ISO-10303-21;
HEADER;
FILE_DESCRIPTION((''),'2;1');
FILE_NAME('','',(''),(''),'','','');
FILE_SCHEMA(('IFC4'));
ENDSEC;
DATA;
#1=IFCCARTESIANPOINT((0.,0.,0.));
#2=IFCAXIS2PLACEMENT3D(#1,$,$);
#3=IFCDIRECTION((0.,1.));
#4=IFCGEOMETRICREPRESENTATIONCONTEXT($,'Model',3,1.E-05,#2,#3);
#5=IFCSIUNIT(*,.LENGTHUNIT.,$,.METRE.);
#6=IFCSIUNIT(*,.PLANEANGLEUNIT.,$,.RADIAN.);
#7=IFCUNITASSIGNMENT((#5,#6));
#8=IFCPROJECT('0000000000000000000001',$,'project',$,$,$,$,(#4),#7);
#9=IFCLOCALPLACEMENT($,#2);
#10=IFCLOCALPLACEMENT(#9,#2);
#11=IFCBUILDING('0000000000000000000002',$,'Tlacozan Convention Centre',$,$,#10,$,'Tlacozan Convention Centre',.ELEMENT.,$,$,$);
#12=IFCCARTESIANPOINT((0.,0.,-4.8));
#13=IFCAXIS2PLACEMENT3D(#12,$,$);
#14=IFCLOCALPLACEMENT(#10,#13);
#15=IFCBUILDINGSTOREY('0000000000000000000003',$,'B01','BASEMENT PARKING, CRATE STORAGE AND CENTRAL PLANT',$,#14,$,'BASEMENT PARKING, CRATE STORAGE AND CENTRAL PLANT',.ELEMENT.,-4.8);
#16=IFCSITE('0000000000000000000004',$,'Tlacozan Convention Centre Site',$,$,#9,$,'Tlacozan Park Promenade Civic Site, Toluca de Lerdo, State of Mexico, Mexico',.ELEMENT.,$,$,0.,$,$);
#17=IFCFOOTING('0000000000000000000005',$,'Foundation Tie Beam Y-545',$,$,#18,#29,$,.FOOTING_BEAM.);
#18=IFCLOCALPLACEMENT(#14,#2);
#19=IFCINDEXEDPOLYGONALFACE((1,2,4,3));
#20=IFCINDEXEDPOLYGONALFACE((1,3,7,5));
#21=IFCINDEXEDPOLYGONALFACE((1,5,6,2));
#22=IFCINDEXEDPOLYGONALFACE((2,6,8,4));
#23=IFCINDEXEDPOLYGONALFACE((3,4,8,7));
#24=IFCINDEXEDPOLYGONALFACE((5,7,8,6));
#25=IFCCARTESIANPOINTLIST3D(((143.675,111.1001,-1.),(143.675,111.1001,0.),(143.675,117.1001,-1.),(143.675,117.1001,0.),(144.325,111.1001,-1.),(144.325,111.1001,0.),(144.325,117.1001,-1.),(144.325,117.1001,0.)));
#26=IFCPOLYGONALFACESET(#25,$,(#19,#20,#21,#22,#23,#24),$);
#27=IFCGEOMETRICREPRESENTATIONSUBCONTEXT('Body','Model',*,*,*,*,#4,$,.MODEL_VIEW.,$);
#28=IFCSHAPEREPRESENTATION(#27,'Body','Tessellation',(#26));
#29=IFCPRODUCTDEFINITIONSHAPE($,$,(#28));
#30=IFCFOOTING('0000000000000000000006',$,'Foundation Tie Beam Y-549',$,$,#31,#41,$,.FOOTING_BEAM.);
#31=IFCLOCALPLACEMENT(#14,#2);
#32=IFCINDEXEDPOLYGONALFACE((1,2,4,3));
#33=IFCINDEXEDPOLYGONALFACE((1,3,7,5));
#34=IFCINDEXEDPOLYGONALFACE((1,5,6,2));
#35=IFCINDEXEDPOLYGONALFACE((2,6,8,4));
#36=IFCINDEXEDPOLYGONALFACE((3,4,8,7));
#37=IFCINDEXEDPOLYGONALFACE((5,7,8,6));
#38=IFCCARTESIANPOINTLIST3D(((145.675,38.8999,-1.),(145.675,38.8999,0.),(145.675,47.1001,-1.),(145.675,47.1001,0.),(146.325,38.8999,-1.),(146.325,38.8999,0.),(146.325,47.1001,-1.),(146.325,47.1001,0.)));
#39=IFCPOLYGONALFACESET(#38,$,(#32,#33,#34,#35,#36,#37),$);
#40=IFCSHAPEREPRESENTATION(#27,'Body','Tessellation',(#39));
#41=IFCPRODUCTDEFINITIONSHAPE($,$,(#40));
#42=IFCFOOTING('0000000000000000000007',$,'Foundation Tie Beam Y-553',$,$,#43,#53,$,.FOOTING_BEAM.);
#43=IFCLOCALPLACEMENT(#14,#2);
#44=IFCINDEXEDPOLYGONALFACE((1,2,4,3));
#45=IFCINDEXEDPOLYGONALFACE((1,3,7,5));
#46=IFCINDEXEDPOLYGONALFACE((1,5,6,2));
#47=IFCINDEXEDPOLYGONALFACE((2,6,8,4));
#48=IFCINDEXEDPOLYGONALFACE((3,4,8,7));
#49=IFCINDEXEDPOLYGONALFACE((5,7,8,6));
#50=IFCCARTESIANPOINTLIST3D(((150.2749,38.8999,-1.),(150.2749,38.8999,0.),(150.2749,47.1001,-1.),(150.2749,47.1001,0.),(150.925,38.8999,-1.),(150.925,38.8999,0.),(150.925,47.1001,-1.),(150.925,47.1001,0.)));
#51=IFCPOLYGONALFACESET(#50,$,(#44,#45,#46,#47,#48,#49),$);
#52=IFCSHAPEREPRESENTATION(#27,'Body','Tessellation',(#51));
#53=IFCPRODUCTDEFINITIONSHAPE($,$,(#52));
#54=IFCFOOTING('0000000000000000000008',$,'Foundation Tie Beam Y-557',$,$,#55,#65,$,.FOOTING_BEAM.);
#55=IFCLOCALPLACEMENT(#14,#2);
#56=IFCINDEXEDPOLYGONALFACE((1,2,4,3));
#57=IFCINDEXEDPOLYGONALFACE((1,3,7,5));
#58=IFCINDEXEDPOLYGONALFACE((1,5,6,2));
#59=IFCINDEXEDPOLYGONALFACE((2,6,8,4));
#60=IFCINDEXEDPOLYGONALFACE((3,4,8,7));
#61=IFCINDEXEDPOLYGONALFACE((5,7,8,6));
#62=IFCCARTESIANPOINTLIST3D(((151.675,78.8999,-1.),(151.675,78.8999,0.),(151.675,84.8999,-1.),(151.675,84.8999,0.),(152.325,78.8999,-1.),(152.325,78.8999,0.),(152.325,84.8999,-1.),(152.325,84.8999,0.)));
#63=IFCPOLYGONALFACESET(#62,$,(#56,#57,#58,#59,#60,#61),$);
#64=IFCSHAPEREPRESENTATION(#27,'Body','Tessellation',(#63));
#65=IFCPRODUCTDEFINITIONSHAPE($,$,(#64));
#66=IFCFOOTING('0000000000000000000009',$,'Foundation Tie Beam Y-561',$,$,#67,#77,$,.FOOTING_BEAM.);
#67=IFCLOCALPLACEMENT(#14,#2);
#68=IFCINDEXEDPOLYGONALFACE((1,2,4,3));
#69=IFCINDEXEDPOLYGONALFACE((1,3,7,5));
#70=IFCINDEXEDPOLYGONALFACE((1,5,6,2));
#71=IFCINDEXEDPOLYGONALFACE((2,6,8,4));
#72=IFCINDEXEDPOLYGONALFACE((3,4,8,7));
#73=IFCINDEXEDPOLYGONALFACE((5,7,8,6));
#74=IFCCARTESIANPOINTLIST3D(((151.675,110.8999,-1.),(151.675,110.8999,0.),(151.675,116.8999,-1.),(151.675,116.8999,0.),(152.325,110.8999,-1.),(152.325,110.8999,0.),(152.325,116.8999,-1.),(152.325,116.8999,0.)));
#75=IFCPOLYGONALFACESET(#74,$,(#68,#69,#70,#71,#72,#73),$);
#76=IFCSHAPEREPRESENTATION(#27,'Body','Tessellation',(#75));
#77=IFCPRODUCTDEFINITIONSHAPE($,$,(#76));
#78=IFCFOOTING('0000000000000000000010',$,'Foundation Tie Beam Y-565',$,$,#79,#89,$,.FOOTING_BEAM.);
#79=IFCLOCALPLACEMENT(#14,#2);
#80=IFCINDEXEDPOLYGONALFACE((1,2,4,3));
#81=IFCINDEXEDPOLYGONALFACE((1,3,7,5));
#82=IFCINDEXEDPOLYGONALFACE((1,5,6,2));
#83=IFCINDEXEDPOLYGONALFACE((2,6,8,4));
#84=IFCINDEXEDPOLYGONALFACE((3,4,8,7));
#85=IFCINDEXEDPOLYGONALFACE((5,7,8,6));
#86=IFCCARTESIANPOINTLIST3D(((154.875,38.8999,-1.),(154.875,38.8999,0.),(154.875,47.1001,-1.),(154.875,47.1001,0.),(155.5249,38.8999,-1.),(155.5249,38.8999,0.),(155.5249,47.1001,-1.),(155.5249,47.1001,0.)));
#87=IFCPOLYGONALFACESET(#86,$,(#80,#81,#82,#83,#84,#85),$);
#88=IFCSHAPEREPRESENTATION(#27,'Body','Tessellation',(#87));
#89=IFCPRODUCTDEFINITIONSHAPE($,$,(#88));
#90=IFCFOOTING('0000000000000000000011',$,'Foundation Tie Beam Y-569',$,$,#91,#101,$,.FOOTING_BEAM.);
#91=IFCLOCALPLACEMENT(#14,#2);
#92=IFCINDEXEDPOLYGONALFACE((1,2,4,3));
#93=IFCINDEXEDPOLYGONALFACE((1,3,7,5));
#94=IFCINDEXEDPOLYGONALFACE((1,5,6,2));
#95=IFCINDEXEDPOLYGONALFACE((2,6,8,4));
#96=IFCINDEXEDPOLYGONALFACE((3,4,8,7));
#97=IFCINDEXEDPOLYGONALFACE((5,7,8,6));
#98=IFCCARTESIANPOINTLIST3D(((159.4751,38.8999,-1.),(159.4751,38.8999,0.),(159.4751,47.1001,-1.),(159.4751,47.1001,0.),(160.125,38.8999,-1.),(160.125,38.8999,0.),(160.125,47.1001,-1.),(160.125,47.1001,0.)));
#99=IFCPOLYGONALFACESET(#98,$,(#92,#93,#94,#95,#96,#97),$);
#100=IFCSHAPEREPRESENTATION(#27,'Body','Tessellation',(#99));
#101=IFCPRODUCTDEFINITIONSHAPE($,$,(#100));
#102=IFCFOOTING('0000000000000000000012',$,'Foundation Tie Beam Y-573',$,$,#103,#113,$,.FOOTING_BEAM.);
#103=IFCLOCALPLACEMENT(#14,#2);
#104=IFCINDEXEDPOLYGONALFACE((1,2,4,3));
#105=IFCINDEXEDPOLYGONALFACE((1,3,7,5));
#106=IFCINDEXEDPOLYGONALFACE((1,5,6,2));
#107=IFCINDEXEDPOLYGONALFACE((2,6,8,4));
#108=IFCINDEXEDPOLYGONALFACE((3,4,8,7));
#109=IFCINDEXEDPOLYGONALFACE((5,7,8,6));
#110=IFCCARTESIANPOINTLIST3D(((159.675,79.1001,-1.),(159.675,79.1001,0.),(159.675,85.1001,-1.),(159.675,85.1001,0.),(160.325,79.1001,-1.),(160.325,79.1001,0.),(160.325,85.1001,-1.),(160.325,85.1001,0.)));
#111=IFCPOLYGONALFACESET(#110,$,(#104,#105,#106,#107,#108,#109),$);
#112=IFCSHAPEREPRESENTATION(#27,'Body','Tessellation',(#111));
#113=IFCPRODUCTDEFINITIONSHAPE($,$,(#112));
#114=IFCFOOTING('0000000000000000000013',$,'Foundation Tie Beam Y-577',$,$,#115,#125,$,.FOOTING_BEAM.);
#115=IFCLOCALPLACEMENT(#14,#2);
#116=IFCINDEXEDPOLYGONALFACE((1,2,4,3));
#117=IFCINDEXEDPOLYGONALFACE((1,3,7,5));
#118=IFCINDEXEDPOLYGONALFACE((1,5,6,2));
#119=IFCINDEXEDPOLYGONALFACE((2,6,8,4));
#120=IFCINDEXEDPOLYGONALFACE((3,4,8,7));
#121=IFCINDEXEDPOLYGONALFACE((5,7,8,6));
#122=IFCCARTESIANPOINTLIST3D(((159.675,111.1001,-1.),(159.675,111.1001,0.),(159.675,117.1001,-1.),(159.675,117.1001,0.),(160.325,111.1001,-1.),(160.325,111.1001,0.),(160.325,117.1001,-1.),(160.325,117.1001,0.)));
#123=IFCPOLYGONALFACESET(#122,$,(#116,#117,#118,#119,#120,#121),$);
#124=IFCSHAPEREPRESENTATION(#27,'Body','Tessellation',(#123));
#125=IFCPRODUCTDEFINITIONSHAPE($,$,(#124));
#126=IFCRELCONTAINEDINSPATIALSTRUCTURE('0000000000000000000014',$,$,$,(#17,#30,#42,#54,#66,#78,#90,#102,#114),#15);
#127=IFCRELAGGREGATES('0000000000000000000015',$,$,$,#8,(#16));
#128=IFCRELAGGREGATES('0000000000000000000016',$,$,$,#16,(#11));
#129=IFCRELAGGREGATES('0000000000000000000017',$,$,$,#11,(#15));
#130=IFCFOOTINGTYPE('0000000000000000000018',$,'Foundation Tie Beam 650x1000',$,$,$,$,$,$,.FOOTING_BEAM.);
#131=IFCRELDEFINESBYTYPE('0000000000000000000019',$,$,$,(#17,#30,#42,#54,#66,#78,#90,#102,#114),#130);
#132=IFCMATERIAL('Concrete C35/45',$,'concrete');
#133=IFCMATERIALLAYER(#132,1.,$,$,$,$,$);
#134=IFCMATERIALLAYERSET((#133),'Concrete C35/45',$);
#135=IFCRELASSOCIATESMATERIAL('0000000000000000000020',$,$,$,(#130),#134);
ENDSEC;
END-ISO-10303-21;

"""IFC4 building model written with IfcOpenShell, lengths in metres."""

from ifc_helpers import new_model, si_unit, direction, frame, origin, place, context, subcontext, project, spatial, polyline, outline, extrude, material, layer, layer_set, type_object, element, save


model = new_model("IFC4")

# Units and contexts
model_context = context("Model", 3, precision=1e-05, world=origin(), true_north=direction((0.0, 1.0)))
body_context = subcontext(model_context, "Body", "Model", "MODEL_VIEW")
ifc_project = project(units=[si_unit("LENGTHUNIT", "METRE"), si_unit("PLANEANGLEUNIT", "RADIAN")], contexts=[model_context])

# Site, building, storey
site_placement = place(None, origin())
site = spatial("IfcSite", under=ifc_project, at=site_placement, Name="Tlacozan Convention Centre Site", LongName="Tlacozan Park Promenade Civic Site, Toluca de Lerdo, State of Mexico, Mexico", CompositionType="ELEMENT", RefElevation=0.0)
building_placement = place(site_placement, origin())
building = spatial("IfcBuilding", under=site, at=building_placement, Name="Tlacozan Convention Centre", LongName="Tlacozan Convention Centre", CompositionType="ELEMENT")
storey_placement = place(building_placement, frame((0.0, 0.0, -4.8)))
storey = spatial("IfcBuildingStorey", under=building, at=storey_placement, Name="B01", Description="BASEMENT PARKING, CRATE STORAGE AND CENTRAL PLANT", LongName="BASEMENT PARKING, CRATE STORAGE AND CENTRAL PLANT", CompositionType="ELEMENT", Elevation=-4.8)

# Footings
ifc_material = material(Name="Concrete C35/45", Category="concrete")
ifc_layer = layer(ifc_material, 1.0)
ifc_layer_set = layer_set([ifc_layer], Name="Concrete C35/45")
footing_type = type_object("IfcFootingType", Name="Foundation Tie Beam 650x1000", PredefinedType="FOOTING_BEAM", material=ifc_layer_set)
footing_1_placement = place(storey_placement, frame((0.0, 0.0, -1.0)))
element("IfcFooting", 1, at=footing_1_placement, inside=storey, type_object=footing_type, Name="Foundation Tie Beam Y-545", PredefinedType="FOOTING_BEAM", context=body_context, shape_type="SweptSolid", body=[
    extrude(outline(polyline([(143.675, 111.1001), (144.325, 111.1001), (144.325, 117.1001), (143.675, 117.1001), (143.675, 111.1001)])), origin(), (0.0, 0.0, 1.0), 1.0),
])
footing_2_placement = place(storey_placement, frame((0.0, 0.0, -1.0)))
element("IfcFooting", 2, at=footing_2_placement, inside=storey, type_object=footing_type, Name="Foundation Tie Beam Y-549", PredefinedType="FOOTING_BEAM", context=body_context, shape_type="SweptSolid", body=[
    extrude(outline(polyline([(145.675, 38.8999), (146.325, 38.8999), (146.325, 47.1001), (145.675, 47.1001), (145.675, 38.8999)])), origin(), (0.0, 0.0, 1.0), 1.0),
])
footing_3_placement = place(storey_placement, frame((0.0, 0.0, -1.0)))
element("IfcFooting", 3, at=footing_3_placement, inside=storey, type_object=footing_type, Name="Foundation Tie Beam Y-553", PredefinedType="FOOTING_BEAM", context=body_context, shape_type="SweptSolid", body=[
    extrude(outline(polyline([(150.2749, 38.8999), (150.925, 38.8999), (150.925, 47.1001), (150.2749, 47.1001), (150.2749, 38.8999)])), origin(), (0.0, 0.0, 1.0), 1.0),
])
footing_4_placement = place(storey_placement, frame((0.0, 0.0, -1.0)))
element("IfcFooting", 4, at=footing_4_placement, inside=storey, type_object=footing_type, Name="Foundation Tie Beam Y-557", PredefinedType="FOOTING_BEAM", context=body_context, shape_type="SweptSolid", body=[
    extrude(outline(polyline([(151.675, 78.8999), (152.325, 78.8999), (152.325, 84.8999), (151.675, 84.8999), (151.675, 78.8999)])), origin(), (0.0, 0.0, 1.0), 1.0),
])
footing_5_placement = place(storey_placement, frame((0.0, 0.0, -1.0)))
element("IfcFooting", 5, at=footing_5_placement, inside=storey, type_object=footing_type, Name="Foundation Tie Beam Y-561", PredefinedType="FOOTING_BEAM", context=body_context, shape_type="SweptSolid", body=[
    extrude(outline(polyline([(151.675, 110.8999), (152.325, 110.8999), (152.325, 116.8999), (151.675, 116.8999), (151.675, 110.8999)])), origin(), (0.0, 0.0, 1.0), 1.0),
])
footing_6_placement = place(storey_placement, frame((0.0, 0.0, -1.0)))
element("IfcFooting", 6, at=footing_6_placement, inside=storey, type_object=footing_type, Name="Foundation Tie Beam Y-565", PredefinedType="FOOTING_BEAM", context=body_context, shape_type="SweptSolid", body=[
    extrude(outline(polyline([(154.875, 38.8999), (155.5249, 38.8999), (155.5249, 47.1001), (154.875, 47.1001), (154.875, 38.8999)])), origin(), (0.0, 0.0, 1.0), 1.0),
])
footing_7_placement = place(storey_placement, frame((0.0, 0.0, -1.0)))
element("IfcFooting", 7, at=footing_7_placement, inside=storey, type_object=footing_type, Name="Foundation Tie Beam Y-569", PredefinedType="FOOTING_BEAM", context=body_context, shape_type="SweptSolid", body=[
    extrude(outline(polyline([(159.4751, 38.8999), (160.125, 38.8999), (160.125, 47.1001), (159.4751, 47.1001), (159.4751, 38.8999)])), origin(), (0.0, 0.0, 1.0), 1.0),
])
footing_8_placement = place(storey_placement, frame((0.0, 0.0, -1.0)))
element("IfcFooting", 8, at=footing_8_placement, inside=storey, type_object=footing_type, Name="Foundation Tie Beam Y-573", PredefinedType="FOOTING_BEAM", context=body_context, shape_type="SweptSolid", body=[
    extrude(outline(polyline([(159.675, 79.1001), (160.325, 79.1001), (160.325, 85.1001), (159.675, 85.1001), (159.675, 79.1001)])), origin(), (0.0, 0.0, 1.0), 1.0),
])
footing_9_placement = place(storey_placement, frame((0.0, 0.0, -1.0)))
element("IfcFooting", 9, at=footing_9_placement, inside=storey, type_object=footing_type, Name="Foundation Tie Beam Y-577", PredefinedType="FOOTING_BEAM", context=body_context, shape_type="SweptSolid", body=[
    extrude(outline(polyline([(159.675, 111.1001), (160.325, 111.1001), (160.325, 117.1001), (159.675, 117.1001), (159.675, 111.1001)])), origin(), (0.0, 0.0, 1.0), 1.0),
])

save(model, "model.ifc")
